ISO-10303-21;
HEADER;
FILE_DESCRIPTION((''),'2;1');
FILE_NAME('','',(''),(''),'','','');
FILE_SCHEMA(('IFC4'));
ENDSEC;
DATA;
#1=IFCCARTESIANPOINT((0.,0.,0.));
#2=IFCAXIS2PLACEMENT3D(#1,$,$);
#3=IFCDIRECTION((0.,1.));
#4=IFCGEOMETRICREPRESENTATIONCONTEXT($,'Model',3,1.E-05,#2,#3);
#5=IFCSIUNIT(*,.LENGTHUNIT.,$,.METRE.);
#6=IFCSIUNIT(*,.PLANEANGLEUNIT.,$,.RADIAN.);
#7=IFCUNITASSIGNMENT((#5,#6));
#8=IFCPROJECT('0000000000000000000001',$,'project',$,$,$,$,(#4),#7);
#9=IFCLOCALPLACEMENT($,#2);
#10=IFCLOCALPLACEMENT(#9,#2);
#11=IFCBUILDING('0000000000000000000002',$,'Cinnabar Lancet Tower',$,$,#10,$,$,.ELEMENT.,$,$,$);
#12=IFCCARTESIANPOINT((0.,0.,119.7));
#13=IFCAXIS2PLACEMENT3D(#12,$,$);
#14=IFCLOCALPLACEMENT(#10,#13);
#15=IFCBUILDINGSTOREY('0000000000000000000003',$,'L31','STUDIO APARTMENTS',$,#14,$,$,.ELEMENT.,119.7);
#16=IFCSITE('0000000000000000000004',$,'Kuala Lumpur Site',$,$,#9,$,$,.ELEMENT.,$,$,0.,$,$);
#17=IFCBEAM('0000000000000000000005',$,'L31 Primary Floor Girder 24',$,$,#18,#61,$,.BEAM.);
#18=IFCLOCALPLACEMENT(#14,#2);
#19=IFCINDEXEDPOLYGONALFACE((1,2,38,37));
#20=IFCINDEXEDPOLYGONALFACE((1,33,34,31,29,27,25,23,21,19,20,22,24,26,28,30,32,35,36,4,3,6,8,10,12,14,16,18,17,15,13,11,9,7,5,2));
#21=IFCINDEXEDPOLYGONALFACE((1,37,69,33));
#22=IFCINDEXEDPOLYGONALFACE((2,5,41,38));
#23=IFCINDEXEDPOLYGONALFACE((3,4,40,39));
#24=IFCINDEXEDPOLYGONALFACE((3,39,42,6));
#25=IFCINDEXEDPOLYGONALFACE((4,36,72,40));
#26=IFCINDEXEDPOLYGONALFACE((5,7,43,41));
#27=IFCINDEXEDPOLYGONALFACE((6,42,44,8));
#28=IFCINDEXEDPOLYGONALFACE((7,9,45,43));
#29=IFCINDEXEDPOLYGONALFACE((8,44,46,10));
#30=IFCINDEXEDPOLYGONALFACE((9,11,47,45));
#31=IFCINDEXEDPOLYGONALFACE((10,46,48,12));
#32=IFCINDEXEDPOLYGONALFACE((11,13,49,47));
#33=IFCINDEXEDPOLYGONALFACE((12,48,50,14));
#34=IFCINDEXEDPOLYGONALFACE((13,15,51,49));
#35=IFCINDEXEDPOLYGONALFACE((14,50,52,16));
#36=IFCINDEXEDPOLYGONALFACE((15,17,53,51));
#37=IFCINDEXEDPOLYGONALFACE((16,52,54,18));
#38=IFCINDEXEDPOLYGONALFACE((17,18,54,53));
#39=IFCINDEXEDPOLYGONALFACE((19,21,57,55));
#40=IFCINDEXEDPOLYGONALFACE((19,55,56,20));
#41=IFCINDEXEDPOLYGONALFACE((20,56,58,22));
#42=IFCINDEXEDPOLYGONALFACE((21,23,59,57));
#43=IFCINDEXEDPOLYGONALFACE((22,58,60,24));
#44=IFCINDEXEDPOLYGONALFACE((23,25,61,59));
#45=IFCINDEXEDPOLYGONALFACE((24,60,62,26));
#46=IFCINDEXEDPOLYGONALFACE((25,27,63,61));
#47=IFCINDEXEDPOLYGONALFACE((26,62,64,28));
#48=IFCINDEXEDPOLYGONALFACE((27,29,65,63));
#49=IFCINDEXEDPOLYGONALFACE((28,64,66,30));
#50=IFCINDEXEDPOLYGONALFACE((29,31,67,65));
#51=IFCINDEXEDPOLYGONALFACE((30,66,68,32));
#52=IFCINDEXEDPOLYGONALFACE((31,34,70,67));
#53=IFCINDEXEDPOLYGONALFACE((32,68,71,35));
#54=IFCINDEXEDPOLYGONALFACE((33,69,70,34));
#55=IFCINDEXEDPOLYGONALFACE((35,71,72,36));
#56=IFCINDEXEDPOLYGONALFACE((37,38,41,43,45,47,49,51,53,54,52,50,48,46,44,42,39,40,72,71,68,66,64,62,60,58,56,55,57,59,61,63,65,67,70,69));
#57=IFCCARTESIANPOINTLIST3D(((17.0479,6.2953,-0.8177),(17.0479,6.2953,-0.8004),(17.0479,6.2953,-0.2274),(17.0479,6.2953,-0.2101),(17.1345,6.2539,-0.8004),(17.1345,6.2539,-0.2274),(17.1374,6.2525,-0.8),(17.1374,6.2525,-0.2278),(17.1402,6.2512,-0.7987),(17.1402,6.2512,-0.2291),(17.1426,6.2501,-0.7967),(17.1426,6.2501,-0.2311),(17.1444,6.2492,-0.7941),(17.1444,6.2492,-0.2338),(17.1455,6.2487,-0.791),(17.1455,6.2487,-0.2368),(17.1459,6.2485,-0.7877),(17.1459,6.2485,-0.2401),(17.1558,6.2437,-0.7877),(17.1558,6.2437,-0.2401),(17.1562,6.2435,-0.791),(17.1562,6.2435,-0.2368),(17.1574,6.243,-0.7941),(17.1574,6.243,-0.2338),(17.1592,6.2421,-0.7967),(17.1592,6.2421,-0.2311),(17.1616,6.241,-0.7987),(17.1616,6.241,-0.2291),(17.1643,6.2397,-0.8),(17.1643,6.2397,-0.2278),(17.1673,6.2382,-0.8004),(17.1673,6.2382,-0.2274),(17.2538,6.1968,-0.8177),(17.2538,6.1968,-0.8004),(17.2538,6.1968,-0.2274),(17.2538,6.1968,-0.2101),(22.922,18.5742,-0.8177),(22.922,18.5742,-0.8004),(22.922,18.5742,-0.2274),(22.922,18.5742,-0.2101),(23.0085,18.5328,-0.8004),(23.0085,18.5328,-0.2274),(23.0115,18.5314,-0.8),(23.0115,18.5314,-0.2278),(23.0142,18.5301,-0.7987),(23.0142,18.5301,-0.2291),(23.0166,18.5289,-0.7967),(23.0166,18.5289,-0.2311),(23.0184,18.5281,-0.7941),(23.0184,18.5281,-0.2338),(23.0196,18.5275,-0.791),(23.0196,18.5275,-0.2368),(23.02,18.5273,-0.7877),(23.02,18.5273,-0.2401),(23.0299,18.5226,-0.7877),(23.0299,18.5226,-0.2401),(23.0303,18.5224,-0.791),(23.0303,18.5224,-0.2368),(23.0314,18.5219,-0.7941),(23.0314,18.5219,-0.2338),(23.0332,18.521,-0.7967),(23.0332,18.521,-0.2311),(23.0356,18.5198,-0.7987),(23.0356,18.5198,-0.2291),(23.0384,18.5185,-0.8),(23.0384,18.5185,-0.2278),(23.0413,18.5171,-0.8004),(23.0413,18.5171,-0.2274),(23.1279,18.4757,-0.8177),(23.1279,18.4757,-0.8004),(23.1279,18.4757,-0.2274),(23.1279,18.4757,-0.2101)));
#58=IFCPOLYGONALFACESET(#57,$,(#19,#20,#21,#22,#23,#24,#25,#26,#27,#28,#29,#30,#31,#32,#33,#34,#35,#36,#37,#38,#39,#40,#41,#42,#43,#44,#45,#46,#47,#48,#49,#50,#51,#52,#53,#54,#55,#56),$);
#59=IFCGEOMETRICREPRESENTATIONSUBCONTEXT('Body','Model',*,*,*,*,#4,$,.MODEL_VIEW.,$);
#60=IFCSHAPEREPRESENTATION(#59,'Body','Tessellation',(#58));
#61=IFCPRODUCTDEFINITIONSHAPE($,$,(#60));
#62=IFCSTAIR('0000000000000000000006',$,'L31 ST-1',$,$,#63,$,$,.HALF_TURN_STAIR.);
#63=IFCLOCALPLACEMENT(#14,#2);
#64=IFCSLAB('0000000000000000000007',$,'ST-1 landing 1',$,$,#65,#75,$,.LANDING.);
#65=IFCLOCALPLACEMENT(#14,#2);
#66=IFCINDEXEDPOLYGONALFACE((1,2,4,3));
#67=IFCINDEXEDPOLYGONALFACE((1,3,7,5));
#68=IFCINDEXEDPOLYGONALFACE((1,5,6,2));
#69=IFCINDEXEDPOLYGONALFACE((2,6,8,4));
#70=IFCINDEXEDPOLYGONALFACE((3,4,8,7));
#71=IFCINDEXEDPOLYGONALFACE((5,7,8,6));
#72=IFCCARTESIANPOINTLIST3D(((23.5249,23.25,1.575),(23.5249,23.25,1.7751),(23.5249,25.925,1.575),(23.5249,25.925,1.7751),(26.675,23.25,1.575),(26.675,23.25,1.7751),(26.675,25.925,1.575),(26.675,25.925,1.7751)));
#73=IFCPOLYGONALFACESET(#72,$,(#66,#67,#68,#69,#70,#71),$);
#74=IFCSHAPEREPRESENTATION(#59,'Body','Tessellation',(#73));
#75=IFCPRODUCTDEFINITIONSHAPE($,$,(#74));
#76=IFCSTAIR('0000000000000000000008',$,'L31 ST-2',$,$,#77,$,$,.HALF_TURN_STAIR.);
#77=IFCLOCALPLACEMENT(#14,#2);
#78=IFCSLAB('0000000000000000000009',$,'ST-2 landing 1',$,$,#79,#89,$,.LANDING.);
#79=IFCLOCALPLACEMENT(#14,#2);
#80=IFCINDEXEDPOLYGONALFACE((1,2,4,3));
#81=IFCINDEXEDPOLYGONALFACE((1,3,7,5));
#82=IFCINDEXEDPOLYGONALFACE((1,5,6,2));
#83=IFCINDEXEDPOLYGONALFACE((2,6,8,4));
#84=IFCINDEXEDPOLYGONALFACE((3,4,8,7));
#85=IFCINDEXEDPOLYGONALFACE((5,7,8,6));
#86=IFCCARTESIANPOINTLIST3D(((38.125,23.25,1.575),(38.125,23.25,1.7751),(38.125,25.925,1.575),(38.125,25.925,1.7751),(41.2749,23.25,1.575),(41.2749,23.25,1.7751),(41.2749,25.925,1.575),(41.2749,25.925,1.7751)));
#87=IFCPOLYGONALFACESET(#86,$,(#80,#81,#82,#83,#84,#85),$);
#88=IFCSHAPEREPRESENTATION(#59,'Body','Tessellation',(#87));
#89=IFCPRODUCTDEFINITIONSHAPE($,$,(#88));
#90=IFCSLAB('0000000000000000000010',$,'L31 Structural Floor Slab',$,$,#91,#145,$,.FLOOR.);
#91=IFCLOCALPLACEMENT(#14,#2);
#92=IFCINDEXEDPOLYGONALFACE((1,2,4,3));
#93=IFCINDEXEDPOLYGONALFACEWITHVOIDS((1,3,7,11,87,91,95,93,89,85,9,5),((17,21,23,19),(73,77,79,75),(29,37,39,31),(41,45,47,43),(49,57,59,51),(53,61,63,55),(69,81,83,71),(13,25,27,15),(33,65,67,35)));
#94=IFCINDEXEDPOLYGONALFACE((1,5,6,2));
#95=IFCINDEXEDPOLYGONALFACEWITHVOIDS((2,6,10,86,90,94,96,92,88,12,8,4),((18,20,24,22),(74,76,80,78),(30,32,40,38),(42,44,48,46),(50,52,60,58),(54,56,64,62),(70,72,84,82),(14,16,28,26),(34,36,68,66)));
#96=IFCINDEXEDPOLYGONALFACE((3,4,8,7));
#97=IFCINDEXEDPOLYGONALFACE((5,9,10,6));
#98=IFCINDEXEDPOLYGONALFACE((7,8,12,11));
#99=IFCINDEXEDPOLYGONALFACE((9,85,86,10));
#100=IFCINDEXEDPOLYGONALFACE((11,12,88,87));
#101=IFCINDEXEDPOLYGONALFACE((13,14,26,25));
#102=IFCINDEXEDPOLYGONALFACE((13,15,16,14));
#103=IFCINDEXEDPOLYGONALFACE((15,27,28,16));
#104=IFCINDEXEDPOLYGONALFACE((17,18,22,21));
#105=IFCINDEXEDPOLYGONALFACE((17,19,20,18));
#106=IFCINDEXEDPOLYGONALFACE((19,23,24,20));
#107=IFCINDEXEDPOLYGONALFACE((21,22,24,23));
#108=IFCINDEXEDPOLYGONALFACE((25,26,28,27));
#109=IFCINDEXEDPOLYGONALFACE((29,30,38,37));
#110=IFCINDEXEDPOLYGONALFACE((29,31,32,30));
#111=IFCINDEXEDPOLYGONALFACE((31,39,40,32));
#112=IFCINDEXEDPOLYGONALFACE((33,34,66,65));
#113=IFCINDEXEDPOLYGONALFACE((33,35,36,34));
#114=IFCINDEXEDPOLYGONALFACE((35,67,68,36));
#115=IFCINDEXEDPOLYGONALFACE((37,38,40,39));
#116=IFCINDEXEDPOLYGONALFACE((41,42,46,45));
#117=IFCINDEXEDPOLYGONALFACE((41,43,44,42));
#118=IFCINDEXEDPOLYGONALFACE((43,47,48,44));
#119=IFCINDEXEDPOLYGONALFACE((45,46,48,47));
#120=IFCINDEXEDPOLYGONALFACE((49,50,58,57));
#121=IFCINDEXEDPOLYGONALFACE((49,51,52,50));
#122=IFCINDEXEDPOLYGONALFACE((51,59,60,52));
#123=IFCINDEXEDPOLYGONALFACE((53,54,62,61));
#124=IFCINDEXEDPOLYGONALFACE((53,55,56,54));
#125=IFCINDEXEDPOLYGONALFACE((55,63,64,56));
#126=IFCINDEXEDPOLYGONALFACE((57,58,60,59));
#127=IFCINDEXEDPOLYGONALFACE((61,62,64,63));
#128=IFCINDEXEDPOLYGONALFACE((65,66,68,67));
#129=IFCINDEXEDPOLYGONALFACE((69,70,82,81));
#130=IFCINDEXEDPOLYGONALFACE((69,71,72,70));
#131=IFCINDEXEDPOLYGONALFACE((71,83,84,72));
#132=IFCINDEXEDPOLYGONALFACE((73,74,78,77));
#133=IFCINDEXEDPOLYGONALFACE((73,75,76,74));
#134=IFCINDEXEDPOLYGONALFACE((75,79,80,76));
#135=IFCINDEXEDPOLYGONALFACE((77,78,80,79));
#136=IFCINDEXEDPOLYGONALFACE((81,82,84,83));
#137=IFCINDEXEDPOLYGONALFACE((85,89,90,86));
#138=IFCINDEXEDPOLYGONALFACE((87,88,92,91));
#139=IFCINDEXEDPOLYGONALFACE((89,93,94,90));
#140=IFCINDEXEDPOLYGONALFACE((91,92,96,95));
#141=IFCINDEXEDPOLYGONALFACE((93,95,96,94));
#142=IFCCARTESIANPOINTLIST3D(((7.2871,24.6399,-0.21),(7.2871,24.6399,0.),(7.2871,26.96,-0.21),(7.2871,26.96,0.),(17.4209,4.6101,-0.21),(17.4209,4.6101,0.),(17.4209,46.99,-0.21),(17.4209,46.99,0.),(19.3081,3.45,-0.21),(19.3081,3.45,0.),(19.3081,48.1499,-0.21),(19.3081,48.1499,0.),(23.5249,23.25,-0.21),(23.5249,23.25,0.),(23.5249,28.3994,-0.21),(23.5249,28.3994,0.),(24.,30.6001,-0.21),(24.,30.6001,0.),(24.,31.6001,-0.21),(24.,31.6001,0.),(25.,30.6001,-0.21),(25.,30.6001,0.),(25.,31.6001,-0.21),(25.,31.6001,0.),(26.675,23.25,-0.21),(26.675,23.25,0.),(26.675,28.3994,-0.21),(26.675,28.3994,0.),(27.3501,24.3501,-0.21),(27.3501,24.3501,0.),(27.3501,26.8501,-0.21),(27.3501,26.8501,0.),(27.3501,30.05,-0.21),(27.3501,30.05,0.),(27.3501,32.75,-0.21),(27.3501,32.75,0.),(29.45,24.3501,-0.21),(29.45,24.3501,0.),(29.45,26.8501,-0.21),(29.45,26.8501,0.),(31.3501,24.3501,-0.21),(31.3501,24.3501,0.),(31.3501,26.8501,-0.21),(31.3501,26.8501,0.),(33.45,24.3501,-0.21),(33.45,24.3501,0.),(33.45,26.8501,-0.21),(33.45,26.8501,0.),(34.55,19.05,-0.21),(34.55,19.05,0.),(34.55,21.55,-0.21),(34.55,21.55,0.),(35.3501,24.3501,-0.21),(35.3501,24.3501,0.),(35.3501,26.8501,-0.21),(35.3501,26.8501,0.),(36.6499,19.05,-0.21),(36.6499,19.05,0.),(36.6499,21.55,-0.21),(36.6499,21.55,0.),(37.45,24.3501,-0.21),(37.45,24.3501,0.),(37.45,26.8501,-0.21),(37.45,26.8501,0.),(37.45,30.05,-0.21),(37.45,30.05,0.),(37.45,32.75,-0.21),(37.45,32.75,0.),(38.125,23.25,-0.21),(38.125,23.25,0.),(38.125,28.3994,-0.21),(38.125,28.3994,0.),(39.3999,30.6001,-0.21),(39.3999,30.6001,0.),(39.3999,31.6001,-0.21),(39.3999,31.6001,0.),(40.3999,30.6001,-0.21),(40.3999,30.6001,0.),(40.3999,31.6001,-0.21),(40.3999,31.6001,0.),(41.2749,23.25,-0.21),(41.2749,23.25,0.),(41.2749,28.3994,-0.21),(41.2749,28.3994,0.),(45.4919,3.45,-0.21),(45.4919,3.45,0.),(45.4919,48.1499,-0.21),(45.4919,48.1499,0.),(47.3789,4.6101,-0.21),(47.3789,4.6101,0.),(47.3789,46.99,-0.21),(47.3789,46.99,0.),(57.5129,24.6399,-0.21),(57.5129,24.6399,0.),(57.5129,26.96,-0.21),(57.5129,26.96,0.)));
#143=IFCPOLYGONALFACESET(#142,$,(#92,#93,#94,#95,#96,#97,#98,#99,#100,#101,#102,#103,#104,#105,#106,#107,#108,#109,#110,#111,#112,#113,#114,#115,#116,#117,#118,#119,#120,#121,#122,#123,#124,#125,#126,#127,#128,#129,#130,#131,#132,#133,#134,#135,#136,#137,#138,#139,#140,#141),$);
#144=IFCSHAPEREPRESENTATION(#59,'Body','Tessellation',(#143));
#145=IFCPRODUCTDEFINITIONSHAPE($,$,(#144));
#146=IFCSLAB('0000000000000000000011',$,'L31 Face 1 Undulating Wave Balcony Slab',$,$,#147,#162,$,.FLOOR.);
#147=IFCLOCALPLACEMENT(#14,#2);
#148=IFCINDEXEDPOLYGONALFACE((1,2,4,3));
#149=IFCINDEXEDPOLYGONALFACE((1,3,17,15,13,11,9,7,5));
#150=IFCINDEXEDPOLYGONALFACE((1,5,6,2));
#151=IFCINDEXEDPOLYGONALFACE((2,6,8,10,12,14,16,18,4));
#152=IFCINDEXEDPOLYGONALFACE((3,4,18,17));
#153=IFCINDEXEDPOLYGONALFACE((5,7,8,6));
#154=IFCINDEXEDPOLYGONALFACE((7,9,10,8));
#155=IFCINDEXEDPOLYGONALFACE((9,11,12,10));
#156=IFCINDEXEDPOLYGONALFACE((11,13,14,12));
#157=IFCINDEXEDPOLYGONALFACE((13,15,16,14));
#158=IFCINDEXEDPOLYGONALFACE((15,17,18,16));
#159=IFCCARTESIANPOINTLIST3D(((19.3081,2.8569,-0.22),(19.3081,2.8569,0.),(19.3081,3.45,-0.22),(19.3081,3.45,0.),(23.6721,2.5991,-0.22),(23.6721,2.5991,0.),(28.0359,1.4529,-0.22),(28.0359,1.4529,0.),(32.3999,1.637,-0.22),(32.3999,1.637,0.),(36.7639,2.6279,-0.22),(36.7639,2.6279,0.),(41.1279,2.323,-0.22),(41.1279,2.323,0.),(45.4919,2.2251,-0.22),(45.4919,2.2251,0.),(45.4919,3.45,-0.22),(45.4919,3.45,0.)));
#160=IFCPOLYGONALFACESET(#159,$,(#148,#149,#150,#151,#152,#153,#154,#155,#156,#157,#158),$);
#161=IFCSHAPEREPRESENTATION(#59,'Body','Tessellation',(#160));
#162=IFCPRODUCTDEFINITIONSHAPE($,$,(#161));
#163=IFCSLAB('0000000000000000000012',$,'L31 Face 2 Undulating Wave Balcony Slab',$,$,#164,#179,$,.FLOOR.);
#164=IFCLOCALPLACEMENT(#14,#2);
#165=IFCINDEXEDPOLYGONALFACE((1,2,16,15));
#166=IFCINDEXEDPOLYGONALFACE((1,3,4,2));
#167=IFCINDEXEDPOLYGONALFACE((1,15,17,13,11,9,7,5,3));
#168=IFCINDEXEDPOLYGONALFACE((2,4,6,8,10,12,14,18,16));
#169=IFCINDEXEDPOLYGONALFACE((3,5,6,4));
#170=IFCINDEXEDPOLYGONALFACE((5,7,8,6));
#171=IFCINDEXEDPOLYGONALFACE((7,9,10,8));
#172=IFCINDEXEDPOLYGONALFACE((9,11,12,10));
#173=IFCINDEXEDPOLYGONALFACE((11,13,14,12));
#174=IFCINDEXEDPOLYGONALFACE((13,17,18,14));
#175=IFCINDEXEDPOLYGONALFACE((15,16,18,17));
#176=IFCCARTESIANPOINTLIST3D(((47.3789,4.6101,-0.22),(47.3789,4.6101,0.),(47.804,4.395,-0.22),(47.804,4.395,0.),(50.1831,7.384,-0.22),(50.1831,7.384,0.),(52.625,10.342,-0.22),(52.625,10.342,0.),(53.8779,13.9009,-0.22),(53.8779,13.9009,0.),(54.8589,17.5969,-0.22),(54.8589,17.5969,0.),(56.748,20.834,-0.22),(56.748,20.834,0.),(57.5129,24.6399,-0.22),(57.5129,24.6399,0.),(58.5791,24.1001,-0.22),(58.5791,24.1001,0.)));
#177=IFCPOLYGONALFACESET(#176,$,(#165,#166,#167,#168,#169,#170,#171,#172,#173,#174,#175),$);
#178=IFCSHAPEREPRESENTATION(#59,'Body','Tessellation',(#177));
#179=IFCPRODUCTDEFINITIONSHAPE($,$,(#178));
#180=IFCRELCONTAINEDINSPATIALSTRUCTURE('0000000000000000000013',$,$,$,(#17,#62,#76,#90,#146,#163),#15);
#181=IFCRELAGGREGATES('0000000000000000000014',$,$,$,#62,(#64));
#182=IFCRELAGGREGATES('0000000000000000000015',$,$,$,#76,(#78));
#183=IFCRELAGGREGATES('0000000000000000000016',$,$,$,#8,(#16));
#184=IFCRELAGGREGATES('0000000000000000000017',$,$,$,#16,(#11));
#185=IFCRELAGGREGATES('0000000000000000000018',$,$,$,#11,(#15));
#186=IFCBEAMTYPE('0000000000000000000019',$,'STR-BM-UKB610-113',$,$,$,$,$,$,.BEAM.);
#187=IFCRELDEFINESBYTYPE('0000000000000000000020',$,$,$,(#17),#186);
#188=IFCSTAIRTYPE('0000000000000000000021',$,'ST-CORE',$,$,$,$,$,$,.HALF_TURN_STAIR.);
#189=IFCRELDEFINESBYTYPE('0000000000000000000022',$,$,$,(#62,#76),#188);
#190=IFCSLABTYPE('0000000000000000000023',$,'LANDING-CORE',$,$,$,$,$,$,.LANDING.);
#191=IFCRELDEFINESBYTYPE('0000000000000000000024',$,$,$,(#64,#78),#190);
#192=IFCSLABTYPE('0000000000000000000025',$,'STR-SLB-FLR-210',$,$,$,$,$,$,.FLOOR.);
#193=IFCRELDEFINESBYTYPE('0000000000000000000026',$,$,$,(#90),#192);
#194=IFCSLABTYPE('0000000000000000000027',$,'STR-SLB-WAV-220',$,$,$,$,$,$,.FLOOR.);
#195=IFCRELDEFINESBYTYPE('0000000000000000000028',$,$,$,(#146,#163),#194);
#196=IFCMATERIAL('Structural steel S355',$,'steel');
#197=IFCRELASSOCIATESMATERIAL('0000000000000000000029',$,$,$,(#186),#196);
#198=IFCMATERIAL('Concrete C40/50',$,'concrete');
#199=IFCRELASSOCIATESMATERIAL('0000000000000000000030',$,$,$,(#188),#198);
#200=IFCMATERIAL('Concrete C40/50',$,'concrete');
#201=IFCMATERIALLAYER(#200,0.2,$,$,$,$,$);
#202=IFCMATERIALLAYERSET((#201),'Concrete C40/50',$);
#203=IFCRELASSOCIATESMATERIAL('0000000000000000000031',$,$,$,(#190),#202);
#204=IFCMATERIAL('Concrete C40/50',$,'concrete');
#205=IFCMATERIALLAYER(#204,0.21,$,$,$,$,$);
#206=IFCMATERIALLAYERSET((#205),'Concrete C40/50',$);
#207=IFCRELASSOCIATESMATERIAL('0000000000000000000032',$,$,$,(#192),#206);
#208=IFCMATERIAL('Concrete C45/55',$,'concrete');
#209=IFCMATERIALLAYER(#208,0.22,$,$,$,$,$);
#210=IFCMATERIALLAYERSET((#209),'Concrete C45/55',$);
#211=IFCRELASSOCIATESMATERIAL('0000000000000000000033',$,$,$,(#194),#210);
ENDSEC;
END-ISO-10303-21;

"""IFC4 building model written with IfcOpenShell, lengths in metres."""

from ifc_helpers import new_model, si_unit, direction, frame, origin, origin_2d, place, context, subcontext, project, spatial, polyline, i_section, outline, extrude, material, layer, layer_set, material_profile, profile_set, type_object, element, aggregate, save


model = new_model("IFC4")

# Units and contexts
model_context = context("Model", 3, precision=1e-05, world=origin(), true_north=direction((0.0, 1.0)))
body_context = subcontext(model_context, "Body", "Model", "MODEL_VIEW")
ifc_project = project(units=[si_unit("LENGTHUNIT", "METRE"), si_unit("PLANEANGLEUNIT", "RADIAN")], contexts=[model_context])

# Site, building, storey
site_placement = place(None, origin())
site = spatial("IfcSite", under=ifc_project, at=site_placement, Name="Kuala Lumpur Site", CompositionType="ELEMENT", RefElevation=0.0)
building_placement = place(site_placement, origin())
building = spatial("IfcBuilding", under=site, at=building_placement, Name="Cinnabar Lancet Tower", CompositionType="ELEMENT")
storey_placement = place(building_placement, frame((0.0, 0.0, 119.7)))
storey = spatial("IfcBuildingStorey", under=building, at=storey_placement, Name="L31", Description="STUDIO APARTMENTS", CompositionType="ELEMENT", Elevation=119.7)

# Beam
ifc_material_1 = material(Name="Structural steel S355", Category="steel")
ifc_material_profile_1 = material_profile(ifc_material_1, i_section(OverallWidth=0.2283, OverallDepth=0.6077, WebThickness=0.011, FlangeThickness=0.0173, FilletRadius=0.0127, at=origin_2d()), Name="UKB 610x229x113")
ifc_profile_set_1 = profile_set([ifc_material_profile_1], Name="Structural steel S355")
beam_type_1 = type_object("IfcBeamType", Name="STR-BM-UKB610-113", PredefinedType="BEAM", material=ifc_profile_set_1)
beam_1_placement = place(storey_placement, frame((17.1509, 6.2461, -0.5139), z_axis=(0.431548, 0.90209, 0.0), x_axis=(-0.90209, 0.431548, 0.0)))
element("IfcBeam", 1, at=beam_1_placement, inside=storey, type_object=beam_type_1, Name="L31 Primary Floor Girder 24", PredefinedType="BEAM", context=body_context, shape_type="SweptSolid", body=[
    extrude(i_section(OverallWidth=0.2283, OverallDepth=0.6077, WebThickness=0.011, FlangeThickness=0.0173, FilletRadius=0.0127, at=origin_2d()), origin(), (0.0, 0.0, 1.0), 13.6116),
])

# Stairs, slabs
ifc_material_2 = material(Name="Concrete C40/50", Category="concrete")
stair_type = type_object("IfcStairType", Name="ST-CORE", PredefinedType="HALF_TURN_STAIR", material=ifc_material_2)
stair_1_placement = place(storey_placement, origin())
stair_1 = element("IfcStair", 2, at=stair_1_placement, inside=storey, type_object=stair_type, Name="L31 ST-1", PredefinedType="HALF_TURN_STAIR")
ifc_material_3 = material(Name="Concrete C40/50", Category="concrete")
ifc_layer_1 = layer(ifc_material_3, 0.2)
ifc_layer_set_1 = layer_set([ifc_layer_1], Name="Concrete C40/50")
slab_type_1 = type_object("IfcSlabType", Name="LANDING-CORE", PredefinedType="LANDING", material=ifc_layer_set_1)
slab_1_placement = place(storey_placement, frame((0.0, 0.0, 1.575)))
slab_1 = element("IfcSlab", 3, at=slab_1_placement, type_object=slab_type_1, Name="ST-1 landing 1", PredefinedType="LANDING", context=body_context, shape_type="SweptSolid", body=[
    extrude(outline(polyline([(23.5249, 25.925), (23.5249, 23.25), (26.675, 23.25), (26.675, 25.925), (23.5249, 25.925)])), origin(), (0.0, 0.0, 1.0), 0.2002),
])
aggregate(stair_1, [slab_1])
stair_2_placement = place(storey_placement, origin())
stair_2 = element("IfcStair", 4, at=stair_2_placement, inside=storey, type_object=stair_type, Name="L31 ST-2", PredefinedType="HALF_TURN_STAIR")
slab_2_placement = place(storey_placement, frame((0.0, 0.0, 1.575)))
slab_2 = element("IfcSlab", 5, at=slab_2_placement, type_object=slab_type_1, Name="ST-2 landing 1", PredefinedType="LANDING", context=body_context, shape_type="SweptSolid", body=[
    extrude(outline(polyline([(38.125, 25.925), (38.125, 23.25), (41.2749, 23.25), (41.2749, 25.925), (38.125, 25.925)])), origin(), (0.0, 0.0, 1.0), 0.2002),
])
aggregate(stair_2, [slab_2])

# Slabs
ifc_material_4 = material(Name="Concrete C40/50", Category="concrete")
ifc_layer_2 = layer(ifc_material_4, 0.21)
ifc_layer_set_2 = layer_set([ifc_layer_2], Name="Concrete C40/50")
slab_type_2 = type_object("IfcSlabType", Name="STR-SLB-FLR-210", PredefinedType="FLOOR", material=ifc_layer_set_2)
slab_3_placement = place(storey_placement, frame((0.0, 0.0, -0.21)))
element("IfcSlab", 6, at=slab_3_placement, inside=storey, type_object=slab_type_2, Name="L31 Structural Floor Slab", PredefinedType="FLOOR", context=body_context, shape_type="SweptSolid", body=[
    extrude(outline(polyline([(17.4209, 4.6101), (19.3081, 3.45), (45.4919, 3.45), (47.3789, 4.6101), (57.5129, 24.6399), (57.5129, 26.96), (47.3789, 46.99), (45.4919, 48.1499), (19.3081, 48.1499), (17.4209, 46.99), (7.2871, 26.96), (7.2871, 24.6399), (17.4209, 4.6101)]), holes=[polyline([(23.5249, 23.25), (26.675, 23.25), (26.675, 28.3994), (23.5249, 28.3994), (23.5249, 23.25)]), polyline([(38.125, 23.25), (41.2749, 23.25), (41.2749, 28.3994), (38.125, 28.3994), (38.125, 23.25)]), polyline([(27.3501, 30.05), (37.45, 30.05), (37.45, 32.75), (27.3501, 32.75), (27.3501, 30.05)]), polyline([(34.55, 19.05), (36.6499, 19.05), (36.6499, 21.55), (34.55, 21.55), (34.55, 19.05)]), polyline([(27.3501, 24.3501), (29.45, 24.3501), (29.45, 26.8501), (27.3501, 26.8501), (27.3501, 24.3501)]), polyline([(35.3501, 24.3501), (37.45, 24.3501), (37.45, 26.8501), (35.3501, 26.8501), (35.3501, 24.3501)]), polyline([(31.3501, 24.3501), (33.45, 24.3501), (33.45, 26.8501), (31.3501, 26.8501), (31.3501, 24.3501)]), polyline([(24.0, 30.6001), (25.0, 30.6001), (25.0, 31.6001), (24.0, 31.6001), (24.0, 30.6001)]), polyline([(39.3999, 30.6001), (40.3999, 30.6001), (40.3999, 31.6001), (39.3999, 31.6001), (39.3999, 30.6001)])]), origin(), (0.0, 0.0, 1.0), 0.21),
])
ifc_material_5 = material(Name="Concrete C45/55", Category="concrete")
ifc_layer_3 = layer(ifc_material_5, 0.22)
ifc_layer_set_3 = layer_set([ifc_layer_3], Name="Concrete C45/55")
slab_type_3 = type_object("IfcSlabType", Name="STR-SLB-WAV-220", PredefinedType="FLOOR", material=ifc_layer_set_3)
slab_4_placement = place(storey_placement, frame((0.0, 0.0, -0.22)))
element("IfcSlab", 7, at=slab_4_placement, inside=storey, type_object=slab_type_3, Name="L31 Face 1 Undulating Wave Balcony Slab", PredefinedType="FLOOR", context=body_context, shape_type="SweptSolid", body=[
    extrude(outline(polyline([(19.3081, 3.45), (19.3081, 2.8569), (23.6721, 2.5991), (28.0359, 1.4529), (32.3999, 1.637), (36.7639, 2.6279), (41.1279, 2.323), (45.4919, 2.2251), (45.4919, 3.45), (19.3081, 3.45)])), origin(), (0.0, 0.0, 1.0), 0.22),
])
slab_5_placement = place(storey_placement, frame((0.0, 0.0, -0.22)))
element("IfcSlab", 8, at=slab_5_placement, inside=storey, type_object=slab_type_3, Name="L31 Face 2 Undulating Wave Balcony Slab", PredefinedType="FLOOR", context=body_context, shape_type="SweptSolid", body=[
    extrude(outline(polyline([(47.3789, 4.6101), (47.804, 4.395), (50.1831, 7.384), (52.625, 10.342), (53.8779, 13.9009), (54.8589, 17.5969), (56.748, 20.834), (58.5791, 24.1001), (57.5129, 24.6399), (47.3789, 4.6101)])), origin(), (0.0, 0.0, 1.0), 0.22),
])

save(model, "model.ifc")
